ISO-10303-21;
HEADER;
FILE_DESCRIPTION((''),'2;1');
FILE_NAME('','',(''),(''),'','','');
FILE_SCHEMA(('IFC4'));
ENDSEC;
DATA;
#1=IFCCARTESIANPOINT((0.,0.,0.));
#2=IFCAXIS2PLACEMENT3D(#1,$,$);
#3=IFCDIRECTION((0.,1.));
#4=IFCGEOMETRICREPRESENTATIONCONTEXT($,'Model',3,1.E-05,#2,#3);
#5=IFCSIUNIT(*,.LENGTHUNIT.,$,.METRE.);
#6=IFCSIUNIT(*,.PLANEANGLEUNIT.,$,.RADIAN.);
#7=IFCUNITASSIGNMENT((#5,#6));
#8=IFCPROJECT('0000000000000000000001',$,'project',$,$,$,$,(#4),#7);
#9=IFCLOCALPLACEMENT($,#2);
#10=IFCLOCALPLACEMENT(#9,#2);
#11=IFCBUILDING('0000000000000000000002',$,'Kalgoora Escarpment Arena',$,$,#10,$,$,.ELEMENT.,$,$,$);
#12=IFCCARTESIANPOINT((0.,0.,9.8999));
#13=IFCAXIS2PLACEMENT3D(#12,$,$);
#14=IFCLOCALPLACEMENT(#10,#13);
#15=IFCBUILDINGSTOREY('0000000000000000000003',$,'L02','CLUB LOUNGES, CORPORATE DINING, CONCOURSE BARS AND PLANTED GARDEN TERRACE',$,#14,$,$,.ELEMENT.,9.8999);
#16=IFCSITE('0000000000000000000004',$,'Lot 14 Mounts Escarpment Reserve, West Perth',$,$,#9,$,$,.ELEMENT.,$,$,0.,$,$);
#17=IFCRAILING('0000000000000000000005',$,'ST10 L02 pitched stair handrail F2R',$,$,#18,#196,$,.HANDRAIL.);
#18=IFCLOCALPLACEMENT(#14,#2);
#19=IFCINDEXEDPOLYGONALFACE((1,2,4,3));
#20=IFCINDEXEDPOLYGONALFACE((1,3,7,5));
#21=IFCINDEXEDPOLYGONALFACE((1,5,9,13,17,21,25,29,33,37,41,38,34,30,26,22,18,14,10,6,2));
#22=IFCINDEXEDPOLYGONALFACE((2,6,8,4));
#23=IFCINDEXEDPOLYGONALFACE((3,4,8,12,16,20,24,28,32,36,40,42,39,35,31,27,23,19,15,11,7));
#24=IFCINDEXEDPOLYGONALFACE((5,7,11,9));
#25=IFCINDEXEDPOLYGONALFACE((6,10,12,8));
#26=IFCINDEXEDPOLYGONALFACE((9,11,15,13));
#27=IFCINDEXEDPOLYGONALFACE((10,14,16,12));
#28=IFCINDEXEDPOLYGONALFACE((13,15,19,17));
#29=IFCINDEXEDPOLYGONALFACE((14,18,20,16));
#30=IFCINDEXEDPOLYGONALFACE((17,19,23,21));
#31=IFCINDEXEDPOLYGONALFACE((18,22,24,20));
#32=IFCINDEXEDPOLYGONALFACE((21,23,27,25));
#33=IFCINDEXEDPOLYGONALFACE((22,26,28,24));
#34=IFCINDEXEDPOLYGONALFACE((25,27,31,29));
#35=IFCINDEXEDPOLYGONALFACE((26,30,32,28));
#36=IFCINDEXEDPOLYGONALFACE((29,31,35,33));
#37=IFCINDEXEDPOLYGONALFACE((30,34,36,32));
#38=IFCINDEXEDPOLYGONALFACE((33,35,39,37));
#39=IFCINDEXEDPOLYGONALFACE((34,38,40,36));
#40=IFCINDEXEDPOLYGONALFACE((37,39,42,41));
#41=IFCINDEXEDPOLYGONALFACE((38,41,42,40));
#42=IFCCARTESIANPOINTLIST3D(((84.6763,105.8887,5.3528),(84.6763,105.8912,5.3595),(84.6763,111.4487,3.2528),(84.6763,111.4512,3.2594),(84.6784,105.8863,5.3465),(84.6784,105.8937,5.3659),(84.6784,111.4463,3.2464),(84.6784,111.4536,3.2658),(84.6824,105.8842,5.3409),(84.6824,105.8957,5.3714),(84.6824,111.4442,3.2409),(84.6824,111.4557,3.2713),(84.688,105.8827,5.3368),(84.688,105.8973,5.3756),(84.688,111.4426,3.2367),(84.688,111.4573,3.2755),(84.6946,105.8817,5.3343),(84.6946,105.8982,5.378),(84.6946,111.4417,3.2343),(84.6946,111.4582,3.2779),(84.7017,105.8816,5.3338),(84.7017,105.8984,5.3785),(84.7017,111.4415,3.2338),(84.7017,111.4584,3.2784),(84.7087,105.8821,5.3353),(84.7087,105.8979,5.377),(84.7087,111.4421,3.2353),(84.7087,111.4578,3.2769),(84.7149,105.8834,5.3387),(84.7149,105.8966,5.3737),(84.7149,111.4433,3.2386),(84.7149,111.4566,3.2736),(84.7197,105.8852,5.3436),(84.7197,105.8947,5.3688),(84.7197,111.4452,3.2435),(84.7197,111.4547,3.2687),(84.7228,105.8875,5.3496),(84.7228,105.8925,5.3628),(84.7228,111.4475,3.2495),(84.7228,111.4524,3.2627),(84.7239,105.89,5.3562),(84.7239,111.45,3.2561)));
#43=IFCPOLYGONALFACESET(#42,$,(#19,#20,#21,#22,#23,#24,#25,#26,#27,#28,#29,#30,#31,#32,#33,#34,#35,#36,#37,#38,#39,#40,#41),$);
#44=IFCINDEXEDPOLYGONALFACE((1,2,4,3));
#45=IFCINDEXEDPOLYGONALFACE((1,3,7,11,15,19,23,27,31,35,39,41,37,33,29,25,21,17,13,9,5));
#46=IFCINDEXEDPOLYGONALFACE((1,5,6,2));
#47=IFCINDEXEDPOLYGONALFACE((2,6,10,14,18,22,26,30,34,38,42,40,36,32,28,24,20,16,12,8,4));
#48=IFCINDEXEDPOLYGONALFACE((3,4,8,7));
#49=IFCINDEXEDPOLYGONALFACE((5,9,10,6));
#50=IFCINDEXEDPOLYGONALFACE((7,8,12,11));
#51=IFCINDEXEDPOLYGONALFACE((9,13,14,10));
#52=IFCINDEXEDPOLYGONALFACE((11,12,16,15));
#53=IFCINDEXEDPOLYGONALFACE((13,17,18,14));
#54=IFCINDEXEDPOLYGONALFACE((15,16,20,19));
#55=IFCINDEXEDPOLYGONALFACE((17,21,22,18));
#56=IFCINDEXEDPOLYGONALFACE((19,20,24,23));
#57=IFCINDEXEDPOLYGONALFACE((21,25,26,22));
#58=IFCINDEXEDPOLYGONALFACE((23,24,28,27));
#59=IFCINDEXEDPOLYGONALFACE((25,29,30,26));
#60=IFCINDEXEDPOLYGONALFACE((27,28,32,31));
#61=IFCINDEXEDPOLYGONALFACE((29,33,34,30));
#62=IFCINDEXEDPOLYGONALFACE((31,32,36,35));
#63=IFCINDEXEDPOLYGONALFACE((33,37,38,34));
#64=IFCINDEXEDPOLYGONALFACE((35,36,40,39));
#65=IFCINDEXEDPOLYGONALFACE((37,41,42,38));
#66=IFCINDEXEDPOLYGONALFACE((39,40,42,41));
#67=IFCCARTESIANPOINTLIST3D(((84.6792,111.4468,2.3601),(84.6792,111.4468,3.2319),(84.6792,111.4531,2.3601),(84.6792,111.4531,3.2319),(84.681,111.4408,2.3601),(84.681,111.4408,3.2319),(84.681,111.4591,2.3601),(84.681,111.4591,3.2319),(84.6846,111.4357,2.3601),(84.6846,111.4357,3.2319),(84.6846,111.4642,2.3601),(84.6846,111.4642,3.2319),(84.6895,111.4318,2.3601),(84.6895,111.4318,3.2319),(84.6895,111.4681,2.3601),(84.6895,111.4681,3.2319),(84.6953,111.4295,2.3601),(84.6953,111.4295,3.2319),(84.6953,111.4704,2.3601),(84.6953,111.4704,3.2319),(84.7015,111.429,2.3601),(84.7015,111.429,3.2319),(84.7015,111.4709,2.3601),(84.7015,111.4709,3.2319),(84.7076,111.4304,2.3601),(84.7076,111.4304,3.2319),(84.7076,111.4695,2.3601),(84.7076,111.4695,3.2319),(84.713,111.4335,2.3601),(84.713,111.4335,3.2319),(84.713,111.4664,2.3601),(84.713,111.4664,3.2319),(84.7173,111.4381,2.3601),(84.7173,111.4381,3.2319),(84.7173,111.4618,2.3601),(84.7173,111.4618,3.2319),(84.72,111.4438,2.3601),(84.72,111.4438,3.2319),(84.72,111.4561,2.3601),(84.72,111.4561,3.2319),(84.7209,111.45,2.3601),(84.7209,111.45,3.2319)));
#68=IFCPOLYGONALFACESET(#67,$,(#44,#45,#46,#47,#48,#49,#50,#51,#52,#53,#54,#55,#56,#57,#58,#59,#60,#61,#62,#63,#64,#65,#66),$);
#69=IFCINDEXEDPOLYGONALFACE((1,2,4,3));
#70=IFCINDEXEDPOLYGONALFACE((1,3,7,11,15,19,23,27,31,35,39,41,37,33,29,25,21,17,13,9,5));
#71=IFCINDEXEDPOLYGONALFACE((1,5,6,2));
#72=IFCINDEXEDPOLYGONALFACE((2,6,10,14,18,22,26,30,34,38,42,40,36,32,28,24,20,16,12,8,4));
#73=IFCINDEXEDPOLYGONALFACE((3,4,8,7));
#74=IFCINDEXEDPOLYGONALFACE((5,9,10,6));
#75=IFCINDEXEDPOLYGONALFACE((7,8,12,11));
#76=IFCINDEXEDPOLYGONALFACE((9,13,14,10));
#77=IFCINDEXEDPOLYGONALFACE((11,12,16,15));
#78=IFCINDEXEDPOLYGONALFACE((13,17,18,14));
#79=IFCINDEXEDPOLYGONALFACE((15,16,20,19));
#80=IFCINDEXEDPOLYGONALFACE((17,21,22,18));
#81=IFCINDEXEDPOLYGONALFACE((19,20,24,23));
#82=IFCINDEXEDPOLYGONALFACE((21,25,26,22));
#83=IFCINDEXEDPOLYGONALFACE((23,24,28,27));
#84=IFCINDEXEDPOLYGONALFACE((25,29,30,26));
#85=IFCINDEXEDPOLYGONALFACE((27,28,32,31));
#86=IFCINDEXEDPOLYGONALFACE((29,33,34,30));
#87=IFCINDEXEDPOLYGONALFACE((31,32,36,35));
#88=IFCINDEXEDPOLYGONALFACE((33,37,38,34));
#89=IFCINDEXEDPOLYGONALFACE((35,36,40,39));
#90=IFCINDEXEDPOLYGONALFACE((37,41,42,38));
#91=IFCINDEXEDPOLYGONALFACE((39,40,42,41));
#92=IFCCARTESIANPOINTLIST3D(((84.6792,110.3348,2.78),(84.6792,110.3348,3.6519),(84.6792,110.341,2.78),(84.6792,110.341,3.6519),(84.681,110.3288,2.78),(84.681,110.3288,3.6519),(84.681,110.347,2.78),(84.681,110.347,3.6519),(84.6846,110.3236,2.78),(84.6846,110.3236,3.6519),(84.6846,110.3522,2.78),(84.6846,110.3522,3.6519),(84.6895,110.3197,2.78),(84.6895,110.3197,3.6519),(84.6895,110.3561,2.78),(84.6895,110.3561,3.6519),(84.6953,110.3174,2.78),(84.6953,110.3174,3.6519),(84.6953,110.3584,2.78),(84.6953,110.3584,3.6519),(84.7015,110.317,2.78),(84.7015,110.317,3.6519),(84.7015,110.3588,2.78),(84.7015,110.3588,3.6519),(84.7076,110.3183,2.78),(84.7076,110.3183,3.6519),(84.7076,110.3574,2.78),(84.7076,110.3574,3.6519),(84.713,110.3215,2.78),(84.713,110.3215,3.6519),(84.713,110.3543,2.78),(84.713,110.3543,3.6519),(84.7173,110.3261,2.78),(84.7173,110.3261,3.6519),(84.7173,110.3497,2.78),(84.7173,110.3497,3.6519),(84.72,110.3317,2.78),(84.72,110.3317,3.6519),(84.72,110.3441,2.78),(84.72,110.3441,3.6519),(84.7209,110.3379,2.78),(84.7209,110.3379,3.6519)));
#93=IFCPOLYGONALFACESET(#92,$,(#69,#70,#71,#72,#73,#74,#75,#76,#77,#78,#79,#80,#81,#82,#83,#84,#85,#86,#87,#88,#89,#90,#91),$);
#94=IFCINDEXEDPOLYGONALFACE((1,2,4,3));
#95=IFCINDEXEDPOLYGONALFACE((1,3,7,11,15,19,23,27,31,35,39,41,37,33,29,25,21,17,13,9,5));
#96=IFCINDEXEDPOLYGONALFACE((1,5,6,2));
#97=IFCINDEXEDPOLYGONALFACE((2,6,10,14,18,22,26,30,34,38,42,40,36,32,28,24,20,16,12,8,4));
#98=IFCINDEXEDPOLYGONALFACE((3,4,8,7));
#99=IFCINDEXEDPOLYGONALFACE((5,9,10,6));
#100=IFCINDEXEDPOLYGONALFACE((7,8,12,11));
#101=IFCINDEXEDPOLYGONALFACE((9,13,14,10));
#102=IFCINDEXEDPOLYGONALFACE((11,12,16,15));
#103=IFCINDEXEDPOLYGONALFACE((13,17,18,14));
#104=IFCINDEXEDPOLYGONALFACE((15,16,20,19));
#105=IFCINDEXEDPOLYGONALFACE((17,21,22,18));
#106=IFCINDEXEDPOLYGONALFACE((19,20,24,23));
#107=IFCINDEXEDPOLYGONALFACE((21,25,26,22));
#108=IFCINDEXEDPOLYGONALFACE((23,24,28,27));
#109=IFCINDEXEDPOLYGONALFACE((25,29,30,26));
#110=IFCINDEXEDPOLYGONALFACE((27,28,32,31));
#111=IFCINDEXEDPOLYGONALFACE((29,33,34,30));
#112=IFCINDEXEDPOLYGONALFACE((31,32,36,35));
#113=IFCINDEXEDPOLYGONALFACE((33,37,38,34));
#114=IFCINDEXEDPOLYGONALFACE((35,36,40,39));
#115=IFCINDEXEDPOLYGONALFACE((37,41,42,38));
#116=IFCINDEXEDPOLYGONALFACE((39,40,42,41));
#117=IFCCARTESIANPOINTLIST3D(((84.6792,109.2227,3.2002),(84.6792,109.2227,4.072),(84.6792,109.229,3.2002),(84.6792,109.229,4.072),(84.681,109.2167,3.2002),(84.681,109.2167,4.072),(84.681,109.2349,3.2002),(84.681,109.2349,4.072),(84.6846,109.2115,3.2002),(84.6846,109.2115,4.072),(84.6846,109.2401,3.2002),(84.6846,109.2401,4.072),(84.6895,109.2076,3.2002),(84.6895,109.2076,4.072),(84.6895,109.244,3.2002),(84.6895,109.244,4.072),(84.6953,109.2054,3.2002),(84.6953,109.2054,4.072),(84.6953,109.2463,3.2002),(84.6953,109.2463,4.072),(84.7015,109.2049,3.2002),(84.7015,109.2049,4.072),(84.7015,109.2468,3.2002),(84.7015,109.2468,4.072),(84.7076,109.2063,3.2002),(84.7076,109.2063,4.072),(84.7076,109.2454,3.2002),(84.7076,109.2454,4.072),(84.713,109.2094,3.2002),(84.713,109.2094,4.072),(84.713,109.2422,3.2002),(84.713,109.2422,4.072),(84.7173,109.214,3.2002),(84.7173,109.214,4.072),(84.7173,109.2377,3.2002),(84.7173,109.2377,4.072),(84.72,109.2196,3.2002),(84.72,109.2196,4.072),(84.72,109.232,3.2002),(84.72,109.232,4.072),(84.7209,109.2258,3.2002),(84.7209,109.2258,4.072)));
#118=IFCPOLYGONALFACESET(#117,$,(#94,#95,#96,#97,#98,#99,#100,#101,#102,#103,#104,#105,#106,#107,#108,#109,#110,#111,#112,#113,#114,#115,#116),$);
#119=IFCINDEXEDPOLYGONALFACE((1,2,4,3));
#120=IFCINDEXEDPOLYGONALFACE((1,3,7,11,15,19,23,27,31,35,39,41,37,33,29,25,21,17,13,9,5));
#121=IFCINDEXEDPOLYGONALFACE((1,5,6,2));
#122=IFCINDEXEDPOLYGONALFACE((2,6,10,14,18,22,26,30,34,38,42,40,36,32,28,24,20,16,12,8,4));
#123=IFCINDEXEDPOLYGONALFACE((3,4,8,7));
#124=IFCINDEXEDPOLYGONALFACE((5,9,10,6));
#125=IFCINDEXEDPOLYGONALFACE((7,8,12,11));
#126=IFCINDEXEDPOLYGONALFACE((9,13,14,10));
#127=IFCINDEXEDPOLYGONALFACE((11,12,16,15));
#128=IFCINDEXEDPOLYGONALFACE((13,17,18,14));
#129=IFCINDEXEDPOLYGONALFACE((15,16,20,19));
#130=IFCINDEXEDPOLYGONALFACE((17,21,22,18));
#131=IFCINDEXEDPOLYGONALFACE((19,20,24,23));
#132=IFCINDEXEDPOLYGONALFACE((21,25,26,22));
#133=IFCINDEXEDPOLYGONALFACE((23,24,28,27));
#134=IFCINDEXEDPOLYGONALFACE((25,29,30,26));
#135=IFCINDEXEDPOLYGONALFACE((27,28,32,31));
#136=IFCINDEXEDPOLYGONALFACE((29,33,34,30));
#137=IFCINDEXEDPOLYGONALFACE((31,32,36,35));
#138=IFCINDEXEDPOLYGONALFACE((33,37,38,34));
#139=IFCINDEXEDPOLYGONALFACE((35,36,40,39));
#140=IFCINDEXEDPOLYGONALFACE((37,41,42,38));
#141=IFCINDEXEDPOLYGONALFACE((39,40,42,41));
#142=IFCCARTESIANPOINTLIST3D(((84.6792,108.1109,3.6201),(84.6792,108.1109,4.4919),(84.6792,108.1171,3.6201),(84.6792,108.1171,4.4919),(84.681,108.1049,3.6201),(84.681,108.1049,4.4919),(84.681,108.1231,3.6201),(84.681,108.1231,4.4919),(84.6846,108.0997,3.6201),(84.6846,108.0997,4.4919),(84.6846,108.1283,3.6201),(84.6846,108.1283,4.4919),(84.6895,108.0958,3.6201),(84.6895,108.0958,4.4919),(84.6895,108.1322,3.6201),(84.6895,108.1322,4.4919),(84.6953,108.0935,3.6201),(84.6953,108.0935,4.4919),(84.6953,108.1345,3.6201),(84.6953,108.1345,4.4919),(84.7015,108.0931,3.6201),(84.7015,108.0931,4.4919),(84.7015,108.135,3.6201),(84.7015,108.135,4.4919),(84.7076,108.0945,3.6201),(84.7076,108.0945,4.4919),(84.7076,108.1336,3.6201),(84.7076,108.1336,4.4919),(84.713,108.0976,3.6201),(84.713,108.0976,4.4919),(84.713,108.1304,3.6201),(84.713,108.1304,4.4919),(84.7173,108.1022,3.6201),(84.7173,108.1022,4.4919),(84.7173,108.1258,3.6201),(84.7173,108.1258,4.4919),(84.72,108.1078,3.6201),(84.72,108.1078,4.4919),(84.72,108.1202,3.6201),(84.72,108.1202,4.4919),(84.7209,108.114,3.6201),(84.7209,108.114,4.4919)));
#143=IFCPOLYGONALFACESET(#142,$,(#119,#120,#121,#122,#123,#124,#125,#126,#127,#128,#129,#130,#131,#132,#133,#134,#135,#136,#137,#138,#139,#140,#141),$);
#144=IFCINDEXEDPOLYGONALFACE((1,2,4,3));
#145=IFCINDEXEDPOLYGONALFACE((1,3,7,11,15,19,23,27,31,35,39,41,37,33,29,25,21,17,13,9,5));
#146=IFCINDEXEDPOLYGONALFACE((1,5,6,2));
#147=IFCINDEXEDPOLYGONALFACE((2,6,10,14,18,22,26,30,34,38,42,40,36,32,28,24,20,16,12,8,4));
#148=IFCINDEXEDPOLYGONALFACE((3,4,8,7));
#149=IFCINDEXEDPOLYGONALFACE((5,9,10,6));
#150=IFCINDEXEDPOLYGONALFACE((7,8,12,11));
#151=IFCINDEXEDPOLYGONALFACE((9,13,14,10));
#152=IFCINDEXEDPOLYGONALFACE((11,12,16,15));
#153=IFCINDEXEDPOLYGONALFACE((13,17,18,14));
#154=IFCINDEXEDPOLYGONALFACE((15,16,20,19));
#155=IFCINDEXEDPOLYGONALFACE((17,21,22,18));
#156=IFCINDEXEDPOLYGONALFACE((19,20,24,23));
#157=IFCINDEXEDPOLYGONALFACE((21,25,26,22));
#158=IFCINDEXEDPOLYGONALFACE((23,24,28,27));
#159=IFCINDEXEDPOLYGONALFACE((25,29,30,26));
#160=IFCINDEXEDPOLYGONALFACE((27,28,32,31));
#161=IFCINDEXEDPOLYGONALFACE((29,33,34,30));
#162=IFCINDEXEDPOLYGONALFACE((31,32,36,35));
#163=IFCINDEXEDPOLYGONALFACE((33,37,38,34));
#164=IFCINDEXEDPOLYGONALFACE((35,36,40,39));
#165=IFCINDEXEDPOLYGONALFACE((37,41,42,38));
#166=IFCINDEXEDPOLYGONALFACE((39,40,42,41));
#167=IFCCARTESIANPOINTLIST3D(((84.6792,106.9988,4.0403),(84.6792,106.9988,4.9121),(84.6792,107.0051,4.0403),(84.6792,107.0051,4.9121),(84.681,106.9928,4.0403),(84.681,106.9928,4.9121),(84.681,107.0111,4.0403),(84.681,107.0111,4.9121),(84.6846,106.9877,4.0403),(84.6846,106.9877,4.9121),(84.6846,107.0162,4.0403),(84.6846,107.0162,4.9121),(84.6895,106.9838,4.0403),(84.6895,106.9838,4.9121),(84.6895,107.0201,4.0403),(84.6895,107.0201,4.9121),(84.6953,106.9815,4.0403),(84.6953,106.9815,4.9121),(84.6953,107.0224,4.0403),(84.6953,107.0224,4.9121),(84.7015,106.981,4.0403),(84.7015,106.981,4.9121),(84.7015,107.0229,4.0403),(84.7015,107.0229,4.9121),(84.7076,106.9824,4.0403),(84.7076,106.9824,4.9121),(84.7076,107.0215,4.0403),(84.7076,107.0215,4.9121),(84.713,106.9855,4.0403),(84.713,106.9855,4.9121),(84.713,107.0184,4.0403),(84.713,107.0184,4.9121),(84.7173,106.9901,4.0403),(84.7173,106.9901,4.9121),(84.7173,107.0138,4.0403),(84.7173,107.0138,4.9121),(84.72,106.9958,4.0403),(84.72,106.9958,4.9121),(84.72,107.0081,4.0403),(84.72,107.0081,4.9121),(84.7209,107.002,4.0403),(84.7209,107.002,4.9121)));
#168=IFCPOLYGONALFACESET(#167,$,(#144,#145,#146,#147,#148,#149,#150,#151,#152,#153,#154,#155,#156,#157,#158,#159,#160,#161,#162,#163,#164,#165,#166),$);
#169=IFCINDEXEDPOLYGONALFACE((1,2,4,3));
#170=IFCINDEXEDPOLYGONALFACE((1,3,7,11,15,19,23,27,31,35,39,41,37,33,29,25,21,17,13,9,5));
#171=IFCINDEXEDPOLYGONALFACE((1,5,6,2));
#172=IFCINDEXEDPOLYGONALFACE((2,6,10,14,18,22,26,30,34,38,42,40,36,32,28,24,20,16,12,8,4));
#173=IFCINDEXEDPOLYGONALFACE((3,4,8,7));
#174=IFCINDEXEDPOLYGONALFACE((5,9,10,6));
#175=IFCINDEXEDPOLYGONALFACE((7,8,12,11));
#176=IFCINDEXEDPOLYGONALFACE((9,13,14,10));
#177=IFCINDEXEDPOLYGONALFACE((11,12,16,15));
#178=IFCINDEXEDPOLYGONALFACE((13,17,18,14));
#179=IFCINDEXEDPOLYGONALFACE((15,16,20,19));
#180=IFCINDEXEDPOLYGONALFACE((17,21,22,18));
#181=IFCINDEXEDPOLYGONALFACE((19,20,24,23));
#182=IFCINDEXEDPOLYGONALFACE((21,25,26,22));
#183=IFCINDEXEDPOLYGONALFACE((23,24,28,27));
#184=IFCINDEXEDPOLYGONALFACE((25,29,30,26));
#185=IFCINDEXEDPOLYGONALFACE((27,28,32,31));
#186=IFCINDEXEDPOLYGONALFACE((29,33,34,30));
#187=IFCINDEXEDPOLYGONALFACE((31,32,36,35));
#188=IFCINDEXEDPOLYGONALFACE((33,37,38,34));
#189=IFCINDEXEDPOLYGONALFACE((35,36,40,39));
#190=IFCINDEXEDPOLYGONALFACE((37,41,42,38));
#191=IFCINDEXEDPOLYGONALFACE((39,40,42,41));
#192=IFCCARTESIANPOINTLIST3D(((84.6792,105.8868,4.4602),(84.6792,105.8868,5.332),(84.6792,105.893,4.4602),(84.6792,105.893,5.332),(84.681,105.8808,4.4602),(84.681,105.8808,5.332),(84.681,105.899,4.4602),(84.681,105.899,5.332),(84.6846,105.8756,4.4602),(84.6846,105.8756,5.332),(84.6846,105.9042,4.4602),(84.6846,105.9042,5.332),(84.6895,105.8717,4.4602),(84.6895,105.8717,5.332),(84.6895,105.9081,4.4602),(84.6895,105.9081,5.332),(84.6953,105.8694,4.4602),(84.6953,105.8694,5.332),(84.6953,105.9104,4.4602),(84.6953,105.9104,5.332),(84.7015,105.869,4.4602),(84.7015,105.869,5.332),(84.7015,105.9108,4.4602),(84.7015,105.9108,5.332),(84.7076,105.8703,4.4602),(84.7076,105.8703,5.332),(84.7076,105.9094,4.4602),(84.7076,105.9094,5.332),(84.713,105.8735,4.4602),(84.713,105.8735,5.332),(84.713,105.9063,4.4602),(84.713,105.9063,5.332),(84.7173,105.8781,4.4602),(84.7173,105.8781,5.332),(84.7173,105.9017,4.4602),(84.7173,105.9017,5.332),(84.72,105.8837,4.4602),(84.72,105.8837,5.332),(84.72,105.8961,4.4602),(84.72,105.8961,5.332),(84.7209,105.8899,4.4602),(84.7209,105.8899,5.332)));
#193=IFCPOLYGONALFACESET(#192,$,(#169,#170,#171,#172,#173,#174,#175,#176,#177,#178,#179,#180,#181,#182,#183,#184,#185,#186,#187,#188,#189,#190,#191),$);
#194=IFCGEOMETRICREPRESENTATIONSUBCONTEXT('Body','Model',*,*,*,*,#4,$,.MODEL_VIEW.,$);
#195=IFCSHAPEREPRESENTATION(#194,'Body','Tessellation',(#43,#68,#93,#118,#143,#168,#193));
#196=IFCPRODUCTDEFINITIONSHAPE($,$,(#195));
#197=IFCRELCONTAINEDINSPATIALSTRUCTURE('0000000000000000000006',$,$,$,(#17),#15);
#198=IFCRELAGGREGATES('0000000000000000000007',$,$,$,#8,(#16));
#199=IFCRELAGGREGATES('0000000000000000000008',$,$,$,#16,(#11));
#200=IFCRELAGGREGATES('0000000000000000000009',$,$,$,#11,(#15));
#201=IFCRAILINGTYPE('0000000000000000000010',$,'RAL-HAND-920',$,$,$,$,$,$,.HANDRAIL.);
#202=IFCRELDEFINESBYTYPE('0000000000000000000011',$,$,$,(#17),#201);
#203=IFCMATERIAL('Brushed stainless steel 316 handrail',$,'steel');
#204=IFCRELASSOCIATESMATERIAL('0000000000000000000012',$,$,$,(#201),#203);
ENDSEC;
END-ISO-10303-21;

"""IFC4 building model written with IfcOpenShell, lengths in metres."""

from ifc_helpers import new_model, si_unit, direction, frame, origin, origin_2d, place, context, subcontext, project, spatial, circle, extrude, material, type_object, element, save


model = new_model("IFC4")

# Units and contexts
model_context = context("Model", 3, precision=1e-05, world=origin(), true_north=direction((0.0, 1.0)))
body_context = subcontext(model_context, "Body", "Model", "MODEL_VIEW")
ifc_project = project(units=[si_unit("LENGTHUNIT", "METRE"), si_unit("PLANEANGLEUNIT", "RADIAN")], contexts=[model_context])

# Site, building, storey
site_placement = place(None, origin())
site = spatial("IfcSite", under=ifc_project, at=site_placement, Name="Lot 14 Mounts Escarpment Reserve, West Perth", CompositionType="ELEMENT", RefElevation=0.0)
building_placement = place(site_placement, origin())
building = spatial("IfcBuilding", under=site, at=building_placement, Name="Kalgoora Escarpment Arena", CompositionType="ELEMENT")
storey_placement = place(building_placement, frame((0.0, 0.0, 9.8999)))
storey = spatial("IfcBuildingStorey", under=building, at=storey_placement, Name="L02", Description="CLUB LOUNGES, CORPORATE DINING, CONCOURSE BARS AND PLANTED GARDEN TERRACE", CompositionType="ELEMENT", Elevation=9.8999)

# Railing
ifc_material_1 = material(Name="Brushed stainless steel 316 handrail", Category="steel")
railing_type_1 = type_object("IfcRailingType", Name="RAL-HAND-920", PredefinedType="HANDRAIL", material=ifc_material_1)
for number, where, name in (
    (1, (84.7, 111.45, 2.3601), "ST10 L02 pitched stair handrail F2R"),
):
    element("IfcRailing", number, at=place(storey_placement, frame(where)), inside=storey, type_object=railing_type_1, Name=name, PredefinedType="HANDRAIL", context=body_context, shape_type="SweptSolid", body=[
        extrude(circle(Radius=0.0239, at=origin_2d()), frame((0.0, 0.0, 0.896), z_axis=(0.0, -0.935493, 0.353346), x_axis=(1.0, 0.0, 0.0)), (0.0, 0.0, 1.0), 5.9434),
        extrude(circle(Radius=0.021, at=origin_2d()), origin(), (0.0, 0.0, 1.0), 0.8718),
        extrude(circle(Radius=0.021, at=origin_2d()), frame((0.0, -1.1121, 0.4199)), (0.0, 0.0, 1.0), 0.8718),
        extrude(circle(Radius=0.021, at=origin_2d()), frame((0.0, -2.2241, 0.8401)), (0.0, 0.0, 1.0), 0.8718),
        extrude(circle(Radius=0.021, at=origin_2d()), frame((0.0, -3.3359, 1.26)), (0.0, 0.0, 1.0), 0.8718),
        extrude(circle(Radius=0.021, at=origin_2d()), frame((0.0, -4.448, 1.6802)), (0.0, 0.0, 1.0), 0.8718),
        extrude(circle(Radius=0.021, at=origin_2d()), frame((0.0, -5.5601, 2.1001)), (0.0, 0.0, 1.0), 0.8718),
    ])

save(model, "model.ifc")
